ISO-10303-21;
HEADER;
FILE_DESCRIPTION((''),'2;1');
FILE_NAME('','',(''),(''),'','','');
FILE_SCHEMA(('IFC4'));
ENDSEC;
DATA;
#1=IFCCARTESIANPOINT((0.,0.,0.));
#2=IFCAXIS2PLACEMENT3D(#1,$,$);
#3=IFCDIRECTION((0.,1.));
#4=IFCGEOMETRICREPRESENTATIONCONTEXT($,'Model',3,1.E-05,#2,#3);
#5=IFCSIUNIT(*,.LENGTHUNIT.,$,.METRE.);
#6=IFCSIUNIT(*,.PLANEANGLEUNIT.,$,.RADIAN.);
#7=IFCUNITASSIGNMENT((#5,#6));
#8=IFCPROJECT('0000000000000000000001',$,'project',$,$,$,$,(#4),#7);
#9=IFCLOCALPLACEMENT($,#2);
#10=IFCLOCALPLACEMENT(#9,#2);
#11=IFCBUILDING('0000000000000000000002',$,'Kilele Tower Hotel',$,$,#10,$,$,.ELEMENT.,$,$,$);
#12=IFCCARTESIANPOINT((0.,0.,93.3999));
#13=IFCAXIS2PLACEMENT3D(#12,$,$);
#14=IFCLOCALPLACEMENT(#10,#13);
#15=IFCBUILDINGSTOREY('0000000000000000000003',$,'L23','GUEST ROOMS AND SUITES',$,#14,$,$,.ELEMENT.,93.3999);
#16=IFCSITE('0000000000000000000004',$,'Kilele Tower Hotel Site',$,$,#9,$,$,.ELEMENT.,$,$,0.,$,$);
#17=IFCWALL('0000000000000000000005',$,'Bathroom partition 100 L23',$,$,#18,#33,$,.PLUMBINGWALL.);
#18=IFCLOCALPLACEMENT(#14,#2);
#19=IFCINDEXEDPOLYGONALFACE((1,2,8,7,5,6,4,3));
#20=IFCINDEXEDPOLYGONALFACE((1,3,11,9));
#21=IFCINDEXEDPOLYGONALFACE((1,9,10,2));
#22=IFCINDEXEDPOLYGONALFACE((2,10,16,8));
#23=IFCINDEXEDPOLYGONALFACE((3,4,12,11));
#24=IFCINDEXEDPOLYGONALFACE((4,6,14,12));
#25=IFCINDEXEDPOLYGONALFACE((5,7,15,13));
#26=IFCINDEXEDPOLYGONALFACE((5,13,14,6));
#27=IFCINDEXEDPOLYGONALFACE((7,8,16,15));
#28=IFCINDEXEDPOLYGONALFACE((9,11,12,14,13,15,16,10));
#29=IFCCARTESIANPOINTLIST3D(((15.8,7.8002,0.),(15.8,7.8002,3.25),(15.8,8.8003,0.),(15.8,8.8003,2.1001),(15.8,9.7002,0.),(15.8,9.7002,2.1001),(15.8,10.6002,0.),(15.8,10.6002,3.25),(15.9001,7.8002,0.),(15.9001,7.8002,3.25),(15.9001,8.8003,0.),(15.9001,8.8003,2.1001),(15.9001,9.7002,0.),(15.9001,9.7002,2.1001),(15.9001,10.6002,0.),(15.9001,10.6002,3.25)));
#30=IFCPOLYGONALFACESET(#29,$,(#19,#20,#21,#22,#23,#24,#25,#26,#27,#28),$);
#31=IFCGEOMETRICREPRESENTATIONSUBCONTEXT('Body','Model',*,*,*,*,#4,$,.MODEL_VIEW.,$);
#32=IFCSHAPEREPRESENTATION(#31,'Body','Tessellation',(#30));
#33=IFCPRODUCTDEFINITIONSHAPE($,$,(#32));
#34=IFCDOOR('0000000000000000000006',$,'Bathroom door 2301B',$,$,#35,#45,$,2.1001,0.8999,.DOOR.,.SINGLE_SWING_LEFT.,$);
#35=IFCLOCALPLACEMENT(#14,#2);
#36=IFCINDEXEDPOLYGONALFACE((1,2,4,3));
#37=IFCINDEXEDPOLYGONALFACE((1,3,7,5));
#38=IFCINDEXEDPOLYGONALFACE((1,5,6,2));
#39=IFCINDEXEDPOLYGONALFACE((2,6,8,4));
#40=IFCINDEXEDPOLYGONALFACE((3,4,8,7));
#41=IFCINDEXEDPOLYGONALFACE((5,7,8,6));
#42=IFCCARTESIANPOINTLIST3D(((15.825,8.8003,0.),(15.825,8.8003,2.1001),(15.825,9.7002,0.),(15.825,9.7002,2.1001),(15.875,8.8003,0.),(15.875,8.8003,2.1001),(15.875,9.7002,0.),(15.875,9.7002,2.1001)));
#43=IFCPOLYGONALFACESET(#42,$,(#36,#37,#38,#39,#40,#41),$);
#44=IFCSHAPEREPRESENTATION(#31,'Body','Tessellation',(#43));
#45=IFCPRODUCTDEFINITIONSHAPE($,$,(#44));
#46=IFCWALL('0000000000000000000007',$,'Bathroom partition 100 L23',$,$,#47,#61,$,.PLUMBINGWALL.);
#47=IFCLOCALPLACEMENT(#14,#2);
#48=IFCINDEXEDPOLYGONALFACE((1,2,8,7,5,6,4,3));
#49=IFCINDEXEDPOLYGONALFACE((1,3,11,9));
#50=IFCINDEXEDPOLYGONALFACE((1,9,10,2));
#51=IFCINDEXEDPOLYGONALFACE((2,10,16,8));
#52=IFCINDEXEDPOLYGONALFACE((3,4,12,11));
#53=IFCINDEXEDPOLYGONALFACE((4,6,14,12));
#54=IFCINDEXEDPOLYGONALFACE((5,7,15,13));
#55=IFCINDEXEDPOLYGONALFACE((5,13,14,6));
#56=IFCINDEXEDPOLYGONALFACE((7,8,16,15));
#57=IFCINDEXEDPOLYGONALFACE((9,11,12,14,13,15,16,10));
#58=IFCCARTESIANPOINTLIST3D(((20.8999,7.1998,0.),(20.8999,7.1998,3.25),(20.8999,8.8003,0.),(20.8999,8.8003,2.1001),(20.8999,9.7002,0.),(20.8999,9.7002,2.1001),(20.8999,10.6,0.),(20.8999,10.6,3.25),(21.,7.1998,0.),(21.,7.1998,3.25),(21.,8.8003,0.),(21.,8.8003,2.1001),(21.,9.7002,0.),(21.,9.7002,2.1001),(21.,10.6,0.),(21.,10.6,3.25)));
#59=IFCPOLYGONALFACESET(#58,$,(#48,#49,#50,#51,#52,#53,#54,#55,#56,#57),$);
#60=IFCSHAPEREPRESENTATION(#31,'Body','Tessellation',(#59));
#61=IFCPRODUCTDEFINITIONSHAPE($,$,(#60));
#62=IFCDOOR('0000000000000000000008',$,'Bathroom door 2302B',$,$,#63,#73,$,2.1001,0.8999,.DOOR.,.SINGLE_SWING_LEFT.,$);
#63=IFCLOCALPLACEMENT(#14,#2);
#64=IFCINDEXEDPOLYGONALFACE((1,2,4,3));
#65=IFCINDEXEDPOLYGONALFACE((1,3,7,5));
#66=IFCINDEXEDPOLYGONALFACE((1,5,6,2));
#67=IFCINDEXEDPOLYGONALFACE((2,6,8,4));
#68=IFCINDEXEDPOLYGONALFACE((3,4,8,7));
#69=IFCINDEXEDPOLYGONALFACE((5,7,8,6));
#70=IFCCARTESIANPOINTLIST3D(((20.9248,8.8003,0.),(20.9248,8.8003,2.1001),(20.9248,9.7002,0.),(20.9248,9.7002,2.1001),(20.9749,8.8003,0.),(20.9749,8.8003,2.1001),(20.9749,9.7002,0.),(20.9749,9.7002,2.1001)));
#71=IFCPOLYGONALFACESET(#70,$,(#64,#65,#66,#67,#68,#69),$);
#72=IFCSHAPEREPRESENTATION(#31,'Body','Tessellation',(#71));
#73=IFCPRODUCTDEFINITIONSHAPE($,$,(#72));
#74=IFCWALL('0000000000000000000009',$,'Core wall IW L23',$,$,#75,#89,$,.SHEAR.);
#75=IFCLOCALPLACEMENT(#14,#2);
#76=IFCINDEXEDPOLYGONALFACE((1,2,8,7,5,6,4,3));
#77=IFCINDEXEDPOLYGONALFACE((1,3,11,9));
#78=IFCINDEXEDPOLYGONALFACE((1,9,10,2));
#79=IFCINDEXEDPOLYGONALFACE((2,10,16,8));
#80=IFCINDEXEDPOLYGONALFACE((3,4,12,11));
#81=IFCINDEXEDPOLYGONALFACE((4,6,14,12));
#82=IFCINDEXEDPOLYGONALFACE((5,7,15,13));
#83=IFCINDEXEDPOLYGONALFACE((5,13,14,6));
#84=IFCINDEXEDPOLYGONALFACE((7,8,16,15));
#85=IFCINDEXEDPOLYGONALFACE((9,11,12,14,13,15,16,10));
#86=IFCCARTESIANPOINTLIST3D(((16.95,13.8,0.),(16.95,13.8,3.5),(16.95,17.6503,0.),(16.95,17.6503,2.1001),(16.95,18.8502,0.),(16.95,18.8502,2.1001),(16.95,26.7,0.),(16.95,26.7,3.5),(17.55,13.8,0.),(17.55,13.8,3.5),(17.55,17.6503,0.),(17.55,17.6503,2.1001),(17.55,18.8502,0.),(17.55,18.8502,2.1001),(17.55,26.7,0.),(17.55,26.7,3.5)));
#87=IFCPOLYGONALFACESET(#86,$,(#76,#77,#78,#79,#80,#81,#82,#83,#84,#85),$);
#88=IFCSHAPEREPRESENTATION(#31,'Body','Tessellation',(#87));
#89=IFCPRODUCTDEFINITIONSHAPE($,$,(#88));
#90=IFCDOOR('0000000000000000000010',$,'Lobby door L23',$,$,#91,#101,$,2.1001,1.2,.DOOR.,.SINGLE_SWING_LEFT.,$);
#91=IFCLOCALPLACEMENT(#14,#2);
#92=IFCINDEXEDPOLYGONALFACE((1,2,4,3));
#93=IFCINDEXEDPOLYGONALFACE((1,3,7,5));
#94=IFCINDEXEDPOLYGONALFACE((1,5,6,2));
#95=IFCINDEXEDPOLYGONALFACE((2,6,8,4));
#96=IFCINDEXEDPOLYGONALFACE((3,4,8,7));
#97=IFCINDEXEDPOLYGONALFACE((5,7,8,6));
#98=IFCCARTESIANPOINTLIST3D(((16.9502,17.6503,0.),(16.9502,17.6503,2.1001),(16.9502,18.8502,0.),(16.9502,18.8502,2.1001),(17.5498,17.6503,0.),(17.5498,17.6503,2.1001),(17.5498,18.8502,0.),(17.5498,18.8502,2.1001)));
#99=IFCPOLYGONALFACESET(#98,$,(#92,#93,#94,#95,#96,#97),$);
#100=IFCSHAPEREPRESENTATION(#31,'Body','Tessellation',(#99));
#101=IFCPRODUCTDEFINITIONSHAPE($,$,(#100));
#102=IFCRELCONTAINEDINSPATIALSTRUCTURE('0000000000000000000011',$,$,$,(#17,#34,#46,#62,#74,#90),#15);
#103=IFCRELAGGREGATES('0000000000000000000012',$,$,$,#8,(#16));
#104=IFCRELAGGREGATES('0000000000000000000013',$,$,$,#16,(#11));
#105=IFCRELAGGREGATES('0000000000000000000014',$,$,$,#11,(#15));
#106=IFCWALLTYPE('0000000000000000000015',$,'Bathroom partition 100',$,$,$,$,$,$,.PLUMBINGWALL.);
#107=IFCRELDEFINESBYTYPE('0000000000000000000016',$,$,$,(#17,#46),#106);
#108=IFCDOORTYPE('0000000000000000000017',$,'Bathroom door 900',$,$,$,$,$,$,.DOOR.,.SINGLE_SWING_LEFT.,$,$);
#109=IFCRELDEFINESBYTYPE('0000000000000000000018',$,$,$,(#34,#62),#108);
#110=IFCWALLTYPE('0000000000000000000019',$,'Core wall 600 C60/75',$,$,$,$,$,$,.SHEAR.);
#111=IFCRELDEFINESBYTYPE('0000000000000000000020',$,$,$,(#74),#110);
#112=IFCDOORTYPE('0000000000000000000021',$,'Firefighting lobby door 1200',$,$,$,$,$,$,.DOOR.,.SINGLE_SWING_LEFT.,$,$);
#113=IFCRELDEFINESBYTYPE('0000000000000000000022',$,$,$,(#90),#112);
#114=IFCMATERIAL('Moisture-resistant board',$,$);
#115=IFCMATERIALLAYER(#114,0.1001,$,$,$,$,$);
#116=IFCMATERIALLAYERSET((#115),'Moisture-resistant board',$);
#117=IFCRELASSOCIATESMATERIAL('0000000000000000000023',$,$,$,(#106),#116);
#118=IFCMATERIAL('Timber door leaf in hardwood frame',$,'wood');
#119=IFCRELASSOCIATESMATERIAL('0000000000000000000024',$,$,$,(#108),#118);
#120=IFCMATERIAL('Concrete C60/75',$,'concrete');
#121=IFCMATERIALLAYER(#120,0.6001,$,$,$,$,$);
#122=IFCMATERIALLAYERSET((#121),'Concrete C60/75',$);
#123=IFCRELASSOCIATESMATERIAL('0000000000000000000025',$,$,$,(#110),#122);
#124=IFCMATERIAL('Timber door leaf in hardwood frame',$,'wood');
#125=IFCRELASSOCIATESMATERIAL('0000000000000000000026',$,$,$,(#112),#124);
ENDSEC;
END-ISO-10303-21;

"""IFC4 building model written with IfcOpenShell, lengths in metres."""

from ifc_helpers import new_model, si_unit, direction, frame, frame_2d, origin, place, context, subcontext, project, spatial, rectangle, extrude, material, layer, layer_set, type_object, element, fill, save


model = new_model("IFC4")

# Units and contexts
model_context = context("Model", 3, precision=1e-05, world=origin(), true_north=direction((0.0, 1.0)))
body_context = subcontext(model_context, "Body", "Model", "MODEL_VIEW")
ifc_project = project(units=[si_unit("LENGTHUNIT", "METRE"), si_unit("PLANEANGLEUNIT", "RADIAN")], contexts=[model_context])

# Site, building, storey
site_placement = place(None, origin())
site = spatial("IfcSite", under=ifc_project, at=site_placement, Name="Kilele Tower Hotel Site", CompositionType="ELEMENT", RefElevation=0.0)
building_placement = place(site_placement, origin())
building = spatial("IfcBuilding", under=site, at=building_placement, Name="Kilele Tower Hotel", CompositionType="ELEMENT")
storey_placement = place(building_placement, frame((0.0, 0.0, 93.3999)))
storey = spatial("IfcBuildingStorey", under=building, at=storey_placement, Name="L23", Description="GUEST ROOMS AND SUITES", CompositionType="ELEMENT", Elevation=93.3999)

# Walls, openings, doors
ifc_material_1 = material(Name="Moisture-resistant board")
ifc_layer_1 = layer(ifc_material_1, 0.1001)
ifc_layer_set_1 = layer_set([ifc_layer_1], Name="Moisture-resistant board")
wall_type_1 = type_object("IfcWallType", Name="Bathroom partition 100", PredefinedType="PLUMBINGWALL", material=ifc_layer_set_1)
wall_1_placement = place(storey_placement, frame((15.8501, 10.6001, 0.0), z_axis=(0.0, 0.0, 1.0), x_axis=(0.0, -1.0, 0.0)))
wall_1 = element("IfcWall", 1, at=wall_1_placement, inside=storey, type_object=wall_type_1, Name="Bathroom partition 100 L23", PredefinedType="PLUMBINGWALL", context=body_context, shape_type="SweptSolid", body=[
    extrude(rectangle(XDim=2.8, YDim=0.1001, at=frame_2d((1.3999, 0.0))), origin(), (0.0, 0.0, 1.0), 3.25),
])
opening_1_placement = place(wall_1_placement, frame((0.8999, 0.0, 0.0)))
opening_1 = element("IfcOpeningElement", 2, at=opening_1_placement, cuts=wall_1, PredefinedType="OPENING", context=body_context, shape_type="SweptSolid", body=[
    extrude(rectangle(XDim=0.8999, YDim=2.1001, at=frame_2d((0.45, 1.05))), frame((0.0, 0.0601, 0.0), z_axis=(0.0, -1.0, 0.0), x_axis=(1.0, 0.0, 0.0)), (0.0, 0.0, 1.0), 0.1201),
])
ifc_material_2 = material(Name="Timber door leaf in hardwood frame", Category="wood")
door_type_1 = type_object("IfcDoorType", Name="Bathroom door 900", OperationType="SINGLE_SWING_LEFT", PredefinedType="DOOR", material=ifc_material_2)
door_1_placement = place(opening_1_placement, origin())
door_1 = element("IfcDoor", 3, at=door_1_placement, inside=storey, type_object=door_type_1, Name="Bathroom door 2301B", OperationType="SINGLE_SWING_LEFT", OverallHeight=2.1001, OverallWidth=0.8999, PredefinedType="DOOR", context=body_context, shape_type="SweptSolid", body=[
    extrude(rectangle(XDim=0.8999, YDim=2.1001, at=frame_2d((0.45, 1.05))), frame((0.0, 0.0249, 0.0), z_axis=(0.0, -1.0, 0.0), x_axis=(1.0, 0.0, 0.0)), (0.0, 0.0, 1.0), 0.05),
])
fill(opening_1, door_1)
wall_2_placement = place(storey_placement, frame((20.95, 10.6001, 0.0), z_axis=(0.0, 0.0, 1.0), x_axis=(0.0, -1.0, 0.0)))
wall_2 = element("IfcWall", 4, at=wall_2_placement, inside=storey, type_object=wall_type_1, Name="Bathroom partition 100 L23", PredefinedType="PLUMBINGWALL", context=body_context, shape_type="SweptSolid", body=[
    extrude(rectangle(XDim=3.4001, YDim=0.1001, at=frame_2d((1.7002, 0.0))), origin(), (0.0, 0.0, 1.0), 3.25),
])
opening_2_placement = place(wall_2_placement, frame((0.8999, 0.0, 0.0)))
opening_2 = element("IfcOpeningElement", 5, at=opening_2_placement, cuts=wall_2, PredefinedType="OPENING", context=body_context, shape_type="SweptSolid", body=[
    extrude(rectangle(XDim=0.8999, YDim=2.1001, at=frame_2d((0.45, 1.05))), frame((0.0, 0.0601, 0.0), z_axis=(0.0, -1.0, 0.0), x_axis=(1.0, 0.0, 0.0)), (0.0, 0.0, 1.0), 0.1201),
])
door_2_placement = place(opening_2_placement, origin())
door_2 = element("IfcDoor", 6, at=door_2_placement, inside=storey, type_object=door_type_1, Name="Bathroom door 2302B", OperationType="SINGLE_SWING_LEFT", OverallHeight=2.1001, OverallWidth=0.8999, PredefinedType="DOOR", context=body_context, shape_type="SweptSolid", body=[
    extrude(rectangle(XDim=0.8999, YDim=2.1001, at=frame_2d((0.45, 1.05))), frame((0.0, 0.0249, 0.0), z_axis=(0.0, -1.0, 0.0), x_axis=(1.0, 0.0, 0.0)), (0.0, 0.0, 1.0), 0.05),
])
fill(opening_2, door_2)
ifc_material_3 = material(Name="Concrete C60/75", Category="concrete")
ifc_layer_2 = layer(ifc_material_3, 0.6001)
ifc_layer_set_2 = layer_set([ifc_layer_2], Name="Concrete C60/75")
wall_type_2 = type_object("IfcWallType", Name="Core wall 600 C60/75", PredefinedType="SHEAR", material=ifc_layer_set_2)
wall_3_placement = place(storey_placement, frame((17.25, 13.8, 0.0), z_axis=(0.0, 0.0, 1.0), x_axis=(0.0, 1.0, 0.0)))
wall_3 = element("IfcWall", 7, at=wall_3_placement, inside=storey, type_object=wall_type_2, Name="Core wall IW L23", PredefinedType="SHEAR", context=body_context, shape_type="SweptSolid", body=[
    extrude(rectangle(XDim=12.8999, YDim=0.6001, at=frame_2d((6.45, 0.0))), origin(), (0.0, 0.0, 1.0), 3.5),
])
opening_3_placement = place(wall_3_placement, frame((3.8501, 0.0, 0.0)))
opening_3 = element("IfcOpeningElement", 8, at=opening_3_placement, cuts=wall_3, PredefinedType="OPENING", context=body_context, shape_type="SweptSolid", body=[
    extrude(rectangle(XDim=1.2, YDim=2.1001, at=frame_2d((0.6001, 1.05))), frame((0.0, 0.3101, 0.0), z_axis=(0.0, -1.0, 0.0), x_axis=(1.0, 0.0, 0.0)), (0.0, 0.0, 1.0), 0.6201),
])
ifc_material_4 = material(Name="Timber door leaf in hardwood frame", Category="wood")
door_type_2 = type_object("IfcDoorType", Name="Firefighting lobby door 1200", OperationType="SINGLE_SWING_LEFT", PredefinedType="DOOR", material=ifc_material_4)
door_3_placement = place(opening_3_placement, origin())
door_3 = element("IfcDoor", 9, at=door_3_placement, inside=storey, type_object=door_type_2, Name="Lobby door L23", OperationType="SINGLE_SWING_LEFT", OverallHeight=2.1001, OverallWidth=1.2, PredefinedType="DOOR", context=body_context, shape_type="SweptSolid", body=[
    extrude(rectangle(XDim=1.2, YDim=2.1001, at=frame_2d((0.6001, 1.05))), frame((0.0, 0.2998, 0.0), z_axis=(0.0, -1.0, 0.0), x_axis=(1.0, 0.0, 0.0)), (0.0, 0.0, 1.0), 0.5996),
])
fill(opening_3, door_3)

save(model, "model.ifc")
